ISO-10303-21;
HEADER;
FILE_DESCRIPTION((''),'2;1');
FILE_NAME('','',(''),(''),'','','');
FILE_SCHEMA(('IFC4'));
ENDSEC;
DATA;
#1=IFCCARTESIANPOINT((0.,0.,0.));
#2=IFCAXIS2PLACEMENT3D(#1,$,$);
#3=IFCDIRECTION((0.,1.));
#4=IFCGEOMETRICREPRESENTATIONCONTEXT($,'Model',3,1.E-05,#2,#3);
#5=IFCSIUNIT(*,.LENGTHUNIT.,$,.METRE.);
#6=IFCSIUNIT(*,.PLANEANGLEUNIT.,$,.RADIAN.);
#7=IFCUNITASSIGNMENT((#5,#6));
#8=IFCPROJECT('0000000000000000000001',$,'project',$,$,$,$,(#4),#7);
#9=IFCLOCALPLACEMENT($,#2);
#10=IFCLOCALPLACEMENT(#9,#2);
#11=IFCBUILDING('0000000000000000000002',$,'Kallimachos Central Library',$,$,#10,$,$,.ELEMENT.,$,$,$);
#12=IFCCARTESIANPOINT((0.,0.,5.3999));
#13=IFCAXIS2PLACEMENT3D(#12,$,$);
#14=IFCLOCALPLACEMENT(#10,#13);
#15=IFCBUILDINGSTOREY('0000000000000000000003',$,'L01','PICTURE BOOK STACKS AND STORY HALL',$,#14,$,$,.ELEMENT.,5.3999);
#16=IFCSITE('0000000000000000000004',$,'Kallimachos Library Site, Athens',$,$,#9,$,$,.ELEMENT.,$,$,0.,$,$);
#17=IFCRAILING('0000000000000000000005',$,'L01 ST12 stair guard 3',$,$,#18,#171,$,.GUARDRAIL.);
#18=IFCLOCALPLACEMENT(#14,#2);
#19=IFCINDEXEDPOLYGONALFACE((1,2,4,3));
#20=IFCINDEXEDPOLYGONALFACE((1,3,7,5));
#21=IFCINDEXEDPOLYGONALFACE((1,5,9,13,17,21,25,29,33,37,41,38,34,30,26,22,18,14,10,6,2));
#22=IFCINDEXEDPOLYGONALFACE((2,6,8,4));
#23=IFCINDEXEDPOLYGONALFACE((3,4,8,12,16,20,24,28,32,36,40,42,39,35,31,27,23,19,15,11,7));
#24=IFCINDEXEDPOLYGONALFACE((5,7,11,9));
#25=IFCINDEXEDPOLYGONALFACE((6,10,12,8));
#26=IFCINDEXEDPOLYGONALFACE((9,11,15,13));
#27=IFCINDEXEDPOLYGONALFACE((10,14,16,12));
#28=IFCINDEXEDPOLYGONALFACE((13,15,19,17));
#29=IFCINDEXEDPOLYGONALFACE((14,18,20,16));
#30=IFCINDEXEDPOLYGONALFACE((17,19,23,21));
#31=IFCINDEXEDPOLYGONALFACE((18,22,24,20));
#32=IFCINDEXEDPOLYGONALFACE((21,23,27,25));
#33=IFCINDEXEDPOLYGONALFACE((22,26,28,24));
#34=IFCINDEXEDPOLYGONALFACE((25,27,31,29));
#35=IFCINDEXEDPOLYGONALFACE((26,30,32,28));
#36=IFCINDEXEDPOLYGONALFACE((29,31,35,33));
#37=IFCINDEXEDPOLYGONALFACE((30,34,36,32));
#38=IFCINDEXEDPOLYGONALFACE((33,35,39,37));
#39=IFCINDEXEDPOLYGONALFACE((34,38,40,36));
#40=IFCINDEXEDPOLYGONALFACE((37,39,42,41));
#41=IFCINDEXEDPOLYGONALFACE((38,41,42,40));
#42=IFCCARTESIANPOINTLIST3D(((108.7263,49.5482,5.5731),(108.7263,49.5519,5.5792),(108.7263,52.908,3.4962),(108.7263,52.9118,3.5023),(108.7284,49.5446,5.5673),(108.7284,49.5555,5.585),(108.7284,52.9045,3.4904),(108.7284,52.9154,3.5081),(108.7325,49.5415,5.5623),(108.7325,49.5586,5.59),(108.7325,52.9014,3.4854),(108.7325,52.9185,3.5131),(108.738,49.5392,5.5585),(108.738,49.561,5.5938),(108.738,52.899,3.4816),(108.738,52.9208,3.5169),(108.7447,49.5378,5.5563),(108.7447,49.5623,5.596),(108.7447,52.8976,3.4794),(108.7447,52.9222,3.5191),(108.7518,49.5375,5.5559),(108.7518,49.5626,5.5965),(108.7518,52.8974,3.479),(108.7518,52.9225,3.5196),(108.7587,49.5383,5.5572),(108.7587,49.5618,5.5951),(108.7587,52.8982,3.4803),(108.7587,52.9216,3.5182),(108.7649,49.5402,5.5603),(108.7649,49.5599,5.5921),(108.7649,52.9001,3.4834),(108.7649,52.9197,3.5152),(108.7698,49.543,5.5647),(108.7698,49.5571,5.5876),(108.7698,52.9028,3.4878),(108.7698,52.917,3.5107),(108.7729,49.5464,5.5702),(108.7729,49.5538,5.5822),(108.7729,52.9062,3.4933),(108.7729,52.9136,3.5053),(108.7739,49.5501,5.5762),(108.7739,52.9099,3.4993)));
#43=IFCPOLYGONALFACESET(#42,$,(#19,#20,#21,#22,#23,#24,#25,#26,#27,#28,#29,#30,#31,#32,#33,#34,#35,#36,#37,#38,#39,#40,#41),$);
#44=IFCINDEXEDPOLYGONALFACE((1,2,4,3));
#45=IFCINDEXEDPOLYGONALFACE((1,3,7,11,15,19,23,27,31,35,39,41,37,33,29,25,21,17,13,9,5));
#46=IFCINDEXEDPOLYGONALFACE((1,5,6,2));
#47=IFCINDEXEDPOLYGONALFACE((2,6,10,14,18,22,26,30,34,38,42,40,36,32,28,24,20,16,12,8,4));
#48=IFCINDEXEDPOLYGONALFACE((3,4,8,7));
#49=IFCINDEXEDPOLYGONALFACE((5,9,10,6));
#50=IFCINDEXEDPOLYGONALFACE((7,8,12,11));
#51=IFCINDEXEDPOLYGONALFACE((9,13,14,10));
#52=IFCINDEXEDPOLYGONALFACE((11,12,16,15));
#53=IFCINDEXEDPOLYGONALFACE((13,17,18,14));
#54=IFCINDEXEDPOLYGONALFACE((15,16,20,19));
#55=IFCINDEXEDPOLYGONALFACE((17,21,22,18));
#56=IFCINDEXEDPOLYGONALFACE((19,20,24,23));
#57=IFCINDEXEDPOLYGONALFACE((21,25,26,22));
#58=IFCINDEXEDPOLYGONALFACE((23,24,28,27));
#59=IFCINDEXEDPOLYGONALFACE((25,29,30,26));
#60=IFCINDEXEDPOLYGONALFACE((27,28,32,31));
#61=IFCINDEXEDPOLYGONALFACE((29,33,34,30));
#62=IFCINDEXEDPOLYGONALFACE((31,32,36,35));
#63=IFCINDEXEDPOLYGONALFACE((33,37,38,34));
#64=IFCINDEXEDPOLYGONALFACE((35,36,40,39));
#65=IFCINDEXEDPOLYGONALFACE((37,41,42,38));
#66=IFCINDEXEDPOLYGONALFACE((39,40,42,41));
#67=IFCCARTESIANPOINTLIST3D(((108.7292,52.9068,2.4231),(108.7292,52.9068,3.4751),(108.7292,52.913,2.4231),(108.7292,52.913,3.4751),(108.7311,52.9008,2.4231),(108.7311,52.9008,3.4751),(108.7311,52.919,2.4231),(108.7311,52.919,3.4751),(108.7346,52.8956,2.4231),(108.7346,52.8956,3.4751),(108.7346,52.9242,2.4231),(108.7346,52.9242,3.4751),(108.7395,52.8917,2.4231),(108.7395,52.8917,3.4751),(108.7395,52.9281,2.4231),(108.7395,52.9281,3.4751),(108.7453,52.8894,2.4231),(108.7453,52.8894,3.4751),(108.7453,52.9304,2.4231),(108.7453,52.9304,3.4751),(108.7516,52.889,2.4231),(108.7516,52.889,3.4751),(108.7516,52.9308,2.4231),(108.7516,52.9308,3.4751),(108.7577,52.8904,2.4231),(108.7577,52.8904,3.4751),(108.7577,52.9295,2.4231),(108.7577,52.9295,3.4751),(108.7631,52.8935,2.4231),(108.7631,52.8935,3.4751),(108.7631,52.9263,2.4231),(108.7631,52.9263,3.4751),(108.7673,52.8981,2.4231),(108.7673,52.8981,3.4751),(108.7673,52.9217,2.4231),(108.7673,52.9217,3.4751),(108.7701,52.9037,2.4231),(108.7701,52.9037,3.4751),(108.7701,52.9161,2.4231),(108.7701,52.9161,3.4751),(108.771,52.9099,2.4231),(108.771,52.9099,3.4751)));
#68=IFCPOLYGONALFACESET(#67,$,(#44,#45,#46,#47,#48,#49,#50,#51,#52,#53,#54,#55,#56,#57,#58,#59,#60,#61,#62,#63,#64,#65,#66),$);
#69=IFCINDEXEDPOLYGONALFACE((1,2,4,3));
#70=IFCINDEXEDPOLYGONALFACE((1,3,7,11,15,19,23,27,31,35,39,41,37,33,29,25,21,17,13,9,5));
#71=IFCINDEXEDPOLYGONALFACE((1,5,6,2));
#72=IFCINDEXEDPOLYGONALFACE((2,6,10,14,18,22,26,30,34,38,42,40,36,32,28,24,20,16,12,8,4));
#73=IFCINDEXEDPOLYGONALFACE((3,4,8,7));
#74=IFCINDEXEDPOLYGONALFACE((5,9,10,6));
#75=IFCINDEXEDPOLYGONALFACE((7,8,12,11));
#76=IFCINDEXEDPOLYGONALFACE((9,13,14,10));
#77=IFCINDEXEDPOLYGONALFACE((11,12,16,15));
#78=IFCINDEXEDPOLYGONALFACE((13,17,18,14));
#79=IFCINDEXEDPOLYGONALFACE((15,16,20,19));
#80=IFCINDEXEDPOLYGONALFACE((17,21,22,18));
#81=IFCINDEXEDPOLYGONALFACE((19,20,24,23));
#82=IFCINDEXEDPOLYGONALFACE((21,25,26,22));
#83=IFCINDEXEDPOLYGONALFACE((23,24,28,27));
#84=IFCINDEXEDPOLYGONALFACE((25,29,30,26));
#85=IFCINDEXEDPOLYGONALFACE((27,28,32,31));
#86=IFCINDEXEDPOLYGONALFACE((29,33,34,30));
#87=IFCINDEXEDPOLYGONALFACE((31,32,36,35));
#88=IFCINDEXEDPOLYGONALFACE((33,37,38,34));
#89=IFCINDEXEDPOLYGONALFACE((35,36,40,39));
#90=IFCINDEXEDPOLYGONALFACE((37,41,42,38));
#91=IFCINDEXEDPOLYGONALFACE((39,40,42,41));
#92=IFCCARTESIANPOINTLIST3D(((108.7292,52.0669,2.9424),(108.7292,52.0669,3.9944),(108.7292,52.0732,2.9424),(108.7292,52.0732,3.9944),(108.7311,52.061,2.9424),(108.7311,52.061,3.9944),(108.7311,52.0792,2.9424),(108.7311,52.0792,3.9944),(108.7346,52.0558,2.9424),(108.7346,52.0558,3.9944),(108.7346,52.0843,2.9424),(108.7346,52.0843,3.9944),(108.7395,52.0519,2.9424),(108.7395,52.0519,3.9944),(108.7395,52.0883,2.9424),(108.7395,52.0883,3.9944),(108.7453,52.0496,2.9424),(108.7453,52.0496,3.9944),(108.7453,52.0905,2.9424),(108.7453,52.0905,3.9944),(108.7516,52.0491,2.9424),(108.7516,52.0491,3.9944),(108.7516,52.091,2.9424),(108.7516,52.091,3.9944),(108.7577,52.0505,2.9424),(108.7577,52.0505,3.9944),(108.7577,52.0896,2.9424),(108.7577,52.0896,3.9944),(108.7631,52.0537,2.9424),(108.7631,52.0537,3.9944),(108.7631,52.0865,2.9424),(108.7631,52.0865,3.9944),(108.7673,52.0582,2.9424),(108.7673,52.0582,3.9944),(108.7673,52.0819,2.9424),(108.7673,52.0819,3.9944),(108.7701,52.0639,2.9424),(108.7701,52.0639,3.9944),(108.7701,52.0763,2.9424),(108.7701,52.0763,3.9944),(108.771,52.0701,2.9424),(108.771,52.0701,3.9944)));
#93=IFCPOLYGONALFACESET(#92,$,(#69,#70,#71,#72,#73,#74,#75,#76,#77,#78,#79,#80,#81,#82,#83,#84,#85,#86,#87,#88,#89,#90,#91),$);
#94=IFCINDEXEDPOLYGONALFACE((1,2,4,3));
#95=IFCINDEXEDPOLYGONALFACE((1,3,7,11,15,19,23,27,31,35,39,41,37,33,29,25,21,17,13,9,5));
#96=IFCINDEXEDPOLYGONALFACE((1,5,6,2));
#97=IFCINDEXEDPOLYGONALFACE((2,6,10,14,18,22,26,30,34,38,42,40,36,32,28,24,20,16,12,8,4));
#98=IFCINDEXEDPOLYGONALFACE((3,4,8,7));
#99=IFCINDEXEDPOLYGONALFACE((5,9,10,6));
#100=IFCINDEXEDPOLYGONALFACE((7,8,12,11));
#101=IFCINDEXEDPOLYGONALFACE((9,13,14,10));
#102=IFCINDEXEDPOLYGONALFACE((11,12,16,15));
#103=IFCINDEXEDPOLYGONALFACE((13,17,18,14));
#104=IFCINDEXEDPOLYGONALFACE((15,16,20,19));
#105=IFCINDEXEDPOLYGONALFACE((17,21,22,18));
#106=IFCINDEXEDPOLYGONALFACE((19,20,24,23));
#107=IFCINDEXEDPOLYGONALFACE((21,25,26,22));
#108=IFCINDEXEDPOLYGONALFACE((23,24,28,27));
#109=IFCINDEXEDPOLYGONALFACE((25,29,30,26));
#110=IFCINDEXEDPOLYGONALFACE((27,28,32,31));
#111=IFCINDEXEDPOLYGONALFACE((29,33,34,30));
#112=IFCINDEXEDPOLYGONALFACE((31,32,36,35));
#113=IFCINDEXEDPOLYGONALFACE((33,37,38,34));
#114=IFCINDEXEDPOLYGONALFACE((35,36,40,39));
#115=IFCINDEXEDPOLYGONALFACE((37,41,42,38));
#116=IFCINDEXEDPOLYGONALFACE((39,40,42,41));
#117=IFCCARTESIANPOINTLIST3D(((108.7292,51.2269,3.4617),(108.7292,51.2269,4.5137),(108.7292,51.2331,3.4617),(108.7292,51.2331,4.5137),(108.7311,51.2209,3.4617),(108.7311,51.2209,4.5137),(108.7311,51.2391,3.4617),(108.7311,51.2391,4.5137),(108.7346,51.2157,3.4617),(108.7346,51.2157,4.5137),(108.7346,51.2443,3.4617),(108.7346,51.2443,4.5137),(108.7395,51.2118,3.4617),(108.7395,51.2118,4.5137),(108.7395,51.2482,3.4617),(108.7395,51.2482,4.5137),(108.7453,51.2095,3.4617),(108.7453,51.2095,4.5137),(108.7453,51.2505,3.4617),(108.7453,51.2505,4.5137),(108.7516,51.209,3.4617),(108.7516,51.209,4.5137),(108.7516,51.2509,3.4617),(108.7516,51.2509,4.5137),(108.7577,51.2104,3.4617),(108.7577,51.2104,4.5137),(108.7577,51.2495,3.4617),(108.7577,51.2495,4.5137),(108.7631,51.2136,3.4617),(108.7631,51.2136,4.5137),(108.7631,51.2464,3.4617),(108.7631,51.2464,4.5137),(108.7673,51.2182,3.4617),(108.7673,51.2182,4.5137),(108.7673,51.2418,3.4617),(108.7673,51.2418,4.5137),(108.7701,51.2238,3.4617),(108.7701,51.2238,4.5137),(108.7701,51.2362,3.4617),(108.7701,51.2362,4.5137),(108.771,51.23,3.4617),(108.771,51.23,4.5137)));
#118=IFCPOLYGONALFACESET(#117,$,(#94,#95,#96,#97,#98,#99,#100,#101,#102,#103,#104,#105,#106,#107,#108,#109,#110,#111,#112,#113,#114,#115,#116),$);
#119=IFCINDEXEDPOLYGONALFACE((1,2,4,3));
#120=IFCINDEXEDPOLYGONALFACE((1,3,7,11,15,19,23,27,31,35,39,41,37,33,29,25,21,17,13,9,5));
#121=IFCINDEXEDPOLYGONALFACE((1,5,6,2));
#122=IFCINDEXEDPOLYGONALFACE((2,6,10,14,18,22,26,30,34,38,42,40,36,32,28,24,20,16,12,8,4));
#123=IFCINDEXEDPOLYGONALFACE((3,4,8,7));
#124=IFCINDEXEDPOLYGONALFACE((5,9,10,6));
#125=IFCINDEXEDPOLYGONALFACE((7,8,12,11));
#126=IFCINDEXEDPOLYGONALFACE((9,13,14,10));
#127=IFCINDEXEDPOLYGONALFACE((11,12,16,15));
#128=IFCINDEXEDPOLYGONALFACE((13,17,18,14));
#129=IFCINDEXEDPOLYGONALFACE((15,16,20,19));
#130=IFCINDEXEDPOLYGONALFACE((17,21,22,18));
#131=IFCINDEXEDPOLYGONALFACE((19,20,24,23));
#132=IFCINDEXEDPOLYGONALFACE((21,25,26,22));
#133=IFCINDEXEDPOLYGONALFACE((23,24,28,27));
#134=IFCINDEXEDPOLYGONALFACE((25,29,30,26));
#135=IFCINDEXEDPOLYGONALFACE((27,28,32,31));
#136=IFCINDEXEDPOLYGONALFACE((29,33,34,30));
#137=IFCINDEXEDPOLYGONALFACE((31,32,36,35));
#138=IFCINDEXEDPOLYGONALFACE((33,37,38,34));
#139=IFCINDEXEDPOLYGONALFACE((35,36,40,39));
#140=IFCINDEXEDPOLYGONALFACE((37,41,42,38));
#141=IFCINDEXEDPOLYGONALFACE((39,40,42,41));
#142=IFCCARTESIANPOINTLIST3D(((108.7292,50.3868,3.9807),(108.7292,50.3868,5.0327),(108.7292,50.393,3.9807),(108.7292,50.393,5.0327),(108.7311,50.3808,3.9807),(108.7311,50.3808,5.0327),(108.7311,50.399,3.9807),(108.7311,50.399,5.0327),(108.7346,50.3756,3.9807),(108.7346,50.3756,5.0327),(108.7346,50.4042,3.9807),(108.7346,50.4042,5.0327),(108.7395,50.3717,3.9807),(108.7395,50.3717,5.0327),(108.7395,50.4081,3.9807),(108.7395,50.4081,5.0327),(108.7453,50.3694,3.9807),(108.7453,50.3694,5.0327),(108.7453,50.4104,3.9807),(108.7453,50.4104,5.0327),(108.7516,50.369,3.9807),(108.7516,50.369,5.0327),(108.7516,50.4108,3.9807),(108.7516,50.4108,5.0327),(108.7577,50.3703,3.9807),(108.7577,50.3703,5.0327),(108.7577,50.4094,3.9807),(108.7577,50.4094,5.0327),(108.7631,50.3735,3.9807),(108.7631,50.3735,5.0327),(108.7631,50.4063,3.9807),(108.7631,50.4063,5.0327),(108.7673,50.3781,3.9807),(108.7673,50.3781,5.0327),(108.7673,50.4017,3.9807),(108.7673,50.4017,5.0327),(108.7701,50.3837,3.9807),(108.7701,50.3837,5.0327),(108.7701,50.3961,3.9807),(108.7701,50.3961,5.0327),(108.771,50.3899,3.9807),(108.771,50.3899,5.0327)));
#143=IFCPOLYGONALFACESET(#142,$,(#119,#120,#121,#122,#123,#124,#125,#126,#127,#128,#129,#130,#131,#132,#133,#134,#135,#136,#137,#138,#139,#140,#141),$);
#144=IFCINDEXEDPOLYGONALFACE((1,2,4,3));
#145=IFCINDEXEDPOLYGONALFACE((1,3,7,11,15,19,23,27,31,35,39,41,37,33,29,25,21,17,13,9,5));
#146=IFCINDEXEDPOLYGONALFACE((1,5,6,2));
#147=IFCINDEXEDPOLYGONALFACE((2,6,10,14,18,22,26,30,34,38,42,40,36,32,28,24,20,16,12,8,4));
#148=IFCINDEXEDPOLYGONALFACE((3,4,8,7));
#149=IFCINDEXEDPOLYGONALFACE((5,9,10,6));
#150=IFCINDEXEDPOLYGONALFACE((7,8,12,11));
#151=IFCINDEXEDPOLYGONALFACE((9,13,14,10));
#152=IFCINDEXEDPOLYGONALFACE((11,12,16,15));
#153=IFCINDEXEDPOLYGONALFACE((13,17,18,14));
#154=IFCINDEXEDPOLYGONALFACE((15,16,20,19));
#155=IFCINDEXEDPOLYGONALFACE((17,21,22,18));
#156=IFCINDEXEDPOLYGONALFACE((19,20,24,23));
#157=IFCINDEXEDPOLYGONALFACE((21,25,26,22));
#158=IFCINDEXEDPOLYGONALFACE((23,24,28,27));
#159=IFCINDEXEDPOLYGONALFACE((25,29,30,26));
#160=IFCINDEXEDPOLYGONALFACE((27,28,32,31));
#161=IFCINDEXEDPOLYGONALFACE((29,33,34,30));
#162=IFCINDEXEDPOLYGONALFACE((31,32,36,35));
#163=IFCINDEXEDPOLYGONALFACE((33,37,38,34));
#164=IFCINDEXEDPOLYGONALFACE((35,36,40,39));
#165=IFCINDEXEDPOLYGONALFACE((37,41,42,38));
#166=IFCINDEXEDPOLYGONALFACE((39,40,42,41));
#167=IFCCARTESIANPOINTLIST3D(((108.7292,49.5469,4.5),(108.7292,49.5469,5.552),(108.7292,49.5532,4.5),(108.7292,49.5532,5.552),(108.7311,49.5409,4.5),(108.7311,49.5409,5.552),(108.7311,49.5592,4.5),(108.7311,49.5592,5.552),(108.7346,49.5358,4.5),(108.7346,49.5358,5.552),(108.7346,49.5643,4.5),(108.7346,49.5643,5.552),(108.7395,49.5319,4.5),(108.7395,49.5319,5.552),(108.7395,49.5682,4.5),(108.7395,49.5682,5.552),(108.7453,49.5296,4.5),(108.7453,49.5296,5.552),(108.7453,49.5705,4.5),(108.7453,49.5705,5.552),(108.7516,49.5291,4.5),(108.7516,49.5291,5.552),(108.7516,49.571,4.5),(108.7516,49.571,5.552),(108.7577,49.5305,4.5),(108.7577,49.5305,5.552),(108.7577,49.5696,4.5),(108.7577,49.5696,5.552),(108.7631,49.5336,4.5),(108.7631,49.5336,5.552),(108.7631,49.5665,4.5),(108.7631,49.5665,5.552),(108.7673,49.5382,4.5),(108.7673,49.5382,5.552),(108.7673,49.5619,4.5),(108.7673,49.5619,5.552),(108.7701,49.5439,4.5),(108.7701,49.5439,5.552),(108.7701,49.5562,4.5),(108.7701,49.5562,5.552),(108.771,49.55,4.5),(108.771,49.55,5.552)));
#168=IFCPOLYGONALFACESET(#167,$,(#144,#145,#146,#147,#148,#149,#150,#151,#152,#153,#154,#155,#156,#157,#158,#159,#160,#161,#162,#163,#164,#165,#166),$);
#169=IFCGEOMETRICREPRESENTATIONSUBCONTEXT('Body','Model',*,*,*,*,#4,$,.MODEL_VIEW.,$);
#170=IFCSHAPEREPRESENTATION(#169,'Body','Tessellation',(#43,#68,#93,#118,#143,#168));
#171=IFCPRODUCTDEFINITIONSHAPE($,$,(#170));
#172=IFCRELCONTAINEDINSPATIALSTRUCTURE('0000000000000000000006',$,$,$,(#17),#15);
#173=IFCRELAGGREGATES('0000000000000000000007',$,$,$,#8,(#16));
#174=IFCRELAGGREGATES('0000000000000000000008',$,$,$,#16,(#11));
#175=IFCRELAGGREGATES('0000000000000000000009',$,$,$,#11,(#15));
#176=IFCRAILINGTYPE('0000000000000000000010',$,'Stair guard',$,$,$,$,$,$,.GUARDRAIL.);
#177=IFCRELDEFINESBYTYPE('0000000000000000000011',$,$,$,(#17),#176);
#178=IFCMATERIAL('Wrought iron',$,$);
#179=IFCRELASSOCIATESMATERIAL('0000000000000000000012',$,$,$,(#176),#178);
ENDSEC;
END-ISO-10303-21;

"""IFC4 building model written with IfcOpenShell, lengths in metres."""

from ifc_helpers import new_model, si_unit, direction, frame, origin, origin_2d, place, context, subcontext, project, spatial, circle, extrude, material, type_object, element, save


model = new_model("IFC4")

# Units and contexts
model_context = context("Model", 3, precision=1e-05, world=origin(), true_north=direction((0.0, 1.0)))
body_context = subcontext(model_context, "Body", "Model", "MODEL_VIEW")
ifc_project = project(units=[si_unit("LENGTHUNIT", "METRE"), si_unit("PLANEANGLEUNIT", "RADIAN")], contexts=[model_context])

# Site, building, storey
site_placement = place(None, origin())
site = spatial("IfcSite", under=ifc_project, at=site_placement, Name="Kallimachos Library Site, Athens", CompositionType="ELEMENT", RefElevation=0.0)
building_placement = place(site_placement, origin())
building = spatial("IfcBuilding", under=site, at=building_placement, Name="Kallimachos Central Library", CompositionType="ELEMENT")
storey_placement = place(building_placement, frame((0.0, 0.0, 5.3999)))
storey = spatial("IfcBuildingStorey", under=building, at=storey_placement, Name="L01", Description="PICTURE BOOK STACKS AND STORY HALL", CompositionType="ELEMENT", Elevation=5.3999)

# Railing
ifc_material_1 = material(Name="Wrought iron")
railing_type_1 = type_object("IfcRailingType", Name="Stair guard", PredefinedType="GUARDRAIL", material=ifc_material_1)
railing_1_placement = place(storey_placement, frame((108.75, 52.9099, 2.4231)))
element("IfcRailing", 1, at=railing_1_placement, inside=storey, type_object=railing_type_1, Name="L01 ST12 stair guard 3", PredefinedType="GUARDRAIL", context=body_context, shape_type="SweptSolid", body=[
    extrude(circle(Radius=0.0239, at=origin_2d()), frame((0.0, 0.0, 1.0762), z_axis=(0.0, -0.850606, 0.525803), x_axis=(1.0, 0.0, 0.0)), (0.0, 0.0, 1.0), 3.95),
    extrude(circle(Radius=0.021, at=origin_2d()), origin(), (0.0, 0.0, 1.0), 1.052),
    extrude(circle(Radius=0.021, at=origin_2d()), frame((0.0, -0.8398, 0.5193)), (0.0, 0.0, 1.0), 1.052),
    extrude(circle(Radius=0.021, at=origin_2d()), frame((0.0, -1.6799, 1.0386)), (0.0, 0.0, 1.0), 1.052),
    extrude(circle(Radius=0.021, at=origin_2d()), frame((0.0, -2.52, 1.5576)), (0.0, 0.0, 1.0), 1.052),
    extrude(circle(Radius=0.021, at=origin_2d()), frame((0.0, -3.3599, 2.0769)), (0.0, 0.0, 1.0), 1.052),
])

save(model, "model.ifc")
